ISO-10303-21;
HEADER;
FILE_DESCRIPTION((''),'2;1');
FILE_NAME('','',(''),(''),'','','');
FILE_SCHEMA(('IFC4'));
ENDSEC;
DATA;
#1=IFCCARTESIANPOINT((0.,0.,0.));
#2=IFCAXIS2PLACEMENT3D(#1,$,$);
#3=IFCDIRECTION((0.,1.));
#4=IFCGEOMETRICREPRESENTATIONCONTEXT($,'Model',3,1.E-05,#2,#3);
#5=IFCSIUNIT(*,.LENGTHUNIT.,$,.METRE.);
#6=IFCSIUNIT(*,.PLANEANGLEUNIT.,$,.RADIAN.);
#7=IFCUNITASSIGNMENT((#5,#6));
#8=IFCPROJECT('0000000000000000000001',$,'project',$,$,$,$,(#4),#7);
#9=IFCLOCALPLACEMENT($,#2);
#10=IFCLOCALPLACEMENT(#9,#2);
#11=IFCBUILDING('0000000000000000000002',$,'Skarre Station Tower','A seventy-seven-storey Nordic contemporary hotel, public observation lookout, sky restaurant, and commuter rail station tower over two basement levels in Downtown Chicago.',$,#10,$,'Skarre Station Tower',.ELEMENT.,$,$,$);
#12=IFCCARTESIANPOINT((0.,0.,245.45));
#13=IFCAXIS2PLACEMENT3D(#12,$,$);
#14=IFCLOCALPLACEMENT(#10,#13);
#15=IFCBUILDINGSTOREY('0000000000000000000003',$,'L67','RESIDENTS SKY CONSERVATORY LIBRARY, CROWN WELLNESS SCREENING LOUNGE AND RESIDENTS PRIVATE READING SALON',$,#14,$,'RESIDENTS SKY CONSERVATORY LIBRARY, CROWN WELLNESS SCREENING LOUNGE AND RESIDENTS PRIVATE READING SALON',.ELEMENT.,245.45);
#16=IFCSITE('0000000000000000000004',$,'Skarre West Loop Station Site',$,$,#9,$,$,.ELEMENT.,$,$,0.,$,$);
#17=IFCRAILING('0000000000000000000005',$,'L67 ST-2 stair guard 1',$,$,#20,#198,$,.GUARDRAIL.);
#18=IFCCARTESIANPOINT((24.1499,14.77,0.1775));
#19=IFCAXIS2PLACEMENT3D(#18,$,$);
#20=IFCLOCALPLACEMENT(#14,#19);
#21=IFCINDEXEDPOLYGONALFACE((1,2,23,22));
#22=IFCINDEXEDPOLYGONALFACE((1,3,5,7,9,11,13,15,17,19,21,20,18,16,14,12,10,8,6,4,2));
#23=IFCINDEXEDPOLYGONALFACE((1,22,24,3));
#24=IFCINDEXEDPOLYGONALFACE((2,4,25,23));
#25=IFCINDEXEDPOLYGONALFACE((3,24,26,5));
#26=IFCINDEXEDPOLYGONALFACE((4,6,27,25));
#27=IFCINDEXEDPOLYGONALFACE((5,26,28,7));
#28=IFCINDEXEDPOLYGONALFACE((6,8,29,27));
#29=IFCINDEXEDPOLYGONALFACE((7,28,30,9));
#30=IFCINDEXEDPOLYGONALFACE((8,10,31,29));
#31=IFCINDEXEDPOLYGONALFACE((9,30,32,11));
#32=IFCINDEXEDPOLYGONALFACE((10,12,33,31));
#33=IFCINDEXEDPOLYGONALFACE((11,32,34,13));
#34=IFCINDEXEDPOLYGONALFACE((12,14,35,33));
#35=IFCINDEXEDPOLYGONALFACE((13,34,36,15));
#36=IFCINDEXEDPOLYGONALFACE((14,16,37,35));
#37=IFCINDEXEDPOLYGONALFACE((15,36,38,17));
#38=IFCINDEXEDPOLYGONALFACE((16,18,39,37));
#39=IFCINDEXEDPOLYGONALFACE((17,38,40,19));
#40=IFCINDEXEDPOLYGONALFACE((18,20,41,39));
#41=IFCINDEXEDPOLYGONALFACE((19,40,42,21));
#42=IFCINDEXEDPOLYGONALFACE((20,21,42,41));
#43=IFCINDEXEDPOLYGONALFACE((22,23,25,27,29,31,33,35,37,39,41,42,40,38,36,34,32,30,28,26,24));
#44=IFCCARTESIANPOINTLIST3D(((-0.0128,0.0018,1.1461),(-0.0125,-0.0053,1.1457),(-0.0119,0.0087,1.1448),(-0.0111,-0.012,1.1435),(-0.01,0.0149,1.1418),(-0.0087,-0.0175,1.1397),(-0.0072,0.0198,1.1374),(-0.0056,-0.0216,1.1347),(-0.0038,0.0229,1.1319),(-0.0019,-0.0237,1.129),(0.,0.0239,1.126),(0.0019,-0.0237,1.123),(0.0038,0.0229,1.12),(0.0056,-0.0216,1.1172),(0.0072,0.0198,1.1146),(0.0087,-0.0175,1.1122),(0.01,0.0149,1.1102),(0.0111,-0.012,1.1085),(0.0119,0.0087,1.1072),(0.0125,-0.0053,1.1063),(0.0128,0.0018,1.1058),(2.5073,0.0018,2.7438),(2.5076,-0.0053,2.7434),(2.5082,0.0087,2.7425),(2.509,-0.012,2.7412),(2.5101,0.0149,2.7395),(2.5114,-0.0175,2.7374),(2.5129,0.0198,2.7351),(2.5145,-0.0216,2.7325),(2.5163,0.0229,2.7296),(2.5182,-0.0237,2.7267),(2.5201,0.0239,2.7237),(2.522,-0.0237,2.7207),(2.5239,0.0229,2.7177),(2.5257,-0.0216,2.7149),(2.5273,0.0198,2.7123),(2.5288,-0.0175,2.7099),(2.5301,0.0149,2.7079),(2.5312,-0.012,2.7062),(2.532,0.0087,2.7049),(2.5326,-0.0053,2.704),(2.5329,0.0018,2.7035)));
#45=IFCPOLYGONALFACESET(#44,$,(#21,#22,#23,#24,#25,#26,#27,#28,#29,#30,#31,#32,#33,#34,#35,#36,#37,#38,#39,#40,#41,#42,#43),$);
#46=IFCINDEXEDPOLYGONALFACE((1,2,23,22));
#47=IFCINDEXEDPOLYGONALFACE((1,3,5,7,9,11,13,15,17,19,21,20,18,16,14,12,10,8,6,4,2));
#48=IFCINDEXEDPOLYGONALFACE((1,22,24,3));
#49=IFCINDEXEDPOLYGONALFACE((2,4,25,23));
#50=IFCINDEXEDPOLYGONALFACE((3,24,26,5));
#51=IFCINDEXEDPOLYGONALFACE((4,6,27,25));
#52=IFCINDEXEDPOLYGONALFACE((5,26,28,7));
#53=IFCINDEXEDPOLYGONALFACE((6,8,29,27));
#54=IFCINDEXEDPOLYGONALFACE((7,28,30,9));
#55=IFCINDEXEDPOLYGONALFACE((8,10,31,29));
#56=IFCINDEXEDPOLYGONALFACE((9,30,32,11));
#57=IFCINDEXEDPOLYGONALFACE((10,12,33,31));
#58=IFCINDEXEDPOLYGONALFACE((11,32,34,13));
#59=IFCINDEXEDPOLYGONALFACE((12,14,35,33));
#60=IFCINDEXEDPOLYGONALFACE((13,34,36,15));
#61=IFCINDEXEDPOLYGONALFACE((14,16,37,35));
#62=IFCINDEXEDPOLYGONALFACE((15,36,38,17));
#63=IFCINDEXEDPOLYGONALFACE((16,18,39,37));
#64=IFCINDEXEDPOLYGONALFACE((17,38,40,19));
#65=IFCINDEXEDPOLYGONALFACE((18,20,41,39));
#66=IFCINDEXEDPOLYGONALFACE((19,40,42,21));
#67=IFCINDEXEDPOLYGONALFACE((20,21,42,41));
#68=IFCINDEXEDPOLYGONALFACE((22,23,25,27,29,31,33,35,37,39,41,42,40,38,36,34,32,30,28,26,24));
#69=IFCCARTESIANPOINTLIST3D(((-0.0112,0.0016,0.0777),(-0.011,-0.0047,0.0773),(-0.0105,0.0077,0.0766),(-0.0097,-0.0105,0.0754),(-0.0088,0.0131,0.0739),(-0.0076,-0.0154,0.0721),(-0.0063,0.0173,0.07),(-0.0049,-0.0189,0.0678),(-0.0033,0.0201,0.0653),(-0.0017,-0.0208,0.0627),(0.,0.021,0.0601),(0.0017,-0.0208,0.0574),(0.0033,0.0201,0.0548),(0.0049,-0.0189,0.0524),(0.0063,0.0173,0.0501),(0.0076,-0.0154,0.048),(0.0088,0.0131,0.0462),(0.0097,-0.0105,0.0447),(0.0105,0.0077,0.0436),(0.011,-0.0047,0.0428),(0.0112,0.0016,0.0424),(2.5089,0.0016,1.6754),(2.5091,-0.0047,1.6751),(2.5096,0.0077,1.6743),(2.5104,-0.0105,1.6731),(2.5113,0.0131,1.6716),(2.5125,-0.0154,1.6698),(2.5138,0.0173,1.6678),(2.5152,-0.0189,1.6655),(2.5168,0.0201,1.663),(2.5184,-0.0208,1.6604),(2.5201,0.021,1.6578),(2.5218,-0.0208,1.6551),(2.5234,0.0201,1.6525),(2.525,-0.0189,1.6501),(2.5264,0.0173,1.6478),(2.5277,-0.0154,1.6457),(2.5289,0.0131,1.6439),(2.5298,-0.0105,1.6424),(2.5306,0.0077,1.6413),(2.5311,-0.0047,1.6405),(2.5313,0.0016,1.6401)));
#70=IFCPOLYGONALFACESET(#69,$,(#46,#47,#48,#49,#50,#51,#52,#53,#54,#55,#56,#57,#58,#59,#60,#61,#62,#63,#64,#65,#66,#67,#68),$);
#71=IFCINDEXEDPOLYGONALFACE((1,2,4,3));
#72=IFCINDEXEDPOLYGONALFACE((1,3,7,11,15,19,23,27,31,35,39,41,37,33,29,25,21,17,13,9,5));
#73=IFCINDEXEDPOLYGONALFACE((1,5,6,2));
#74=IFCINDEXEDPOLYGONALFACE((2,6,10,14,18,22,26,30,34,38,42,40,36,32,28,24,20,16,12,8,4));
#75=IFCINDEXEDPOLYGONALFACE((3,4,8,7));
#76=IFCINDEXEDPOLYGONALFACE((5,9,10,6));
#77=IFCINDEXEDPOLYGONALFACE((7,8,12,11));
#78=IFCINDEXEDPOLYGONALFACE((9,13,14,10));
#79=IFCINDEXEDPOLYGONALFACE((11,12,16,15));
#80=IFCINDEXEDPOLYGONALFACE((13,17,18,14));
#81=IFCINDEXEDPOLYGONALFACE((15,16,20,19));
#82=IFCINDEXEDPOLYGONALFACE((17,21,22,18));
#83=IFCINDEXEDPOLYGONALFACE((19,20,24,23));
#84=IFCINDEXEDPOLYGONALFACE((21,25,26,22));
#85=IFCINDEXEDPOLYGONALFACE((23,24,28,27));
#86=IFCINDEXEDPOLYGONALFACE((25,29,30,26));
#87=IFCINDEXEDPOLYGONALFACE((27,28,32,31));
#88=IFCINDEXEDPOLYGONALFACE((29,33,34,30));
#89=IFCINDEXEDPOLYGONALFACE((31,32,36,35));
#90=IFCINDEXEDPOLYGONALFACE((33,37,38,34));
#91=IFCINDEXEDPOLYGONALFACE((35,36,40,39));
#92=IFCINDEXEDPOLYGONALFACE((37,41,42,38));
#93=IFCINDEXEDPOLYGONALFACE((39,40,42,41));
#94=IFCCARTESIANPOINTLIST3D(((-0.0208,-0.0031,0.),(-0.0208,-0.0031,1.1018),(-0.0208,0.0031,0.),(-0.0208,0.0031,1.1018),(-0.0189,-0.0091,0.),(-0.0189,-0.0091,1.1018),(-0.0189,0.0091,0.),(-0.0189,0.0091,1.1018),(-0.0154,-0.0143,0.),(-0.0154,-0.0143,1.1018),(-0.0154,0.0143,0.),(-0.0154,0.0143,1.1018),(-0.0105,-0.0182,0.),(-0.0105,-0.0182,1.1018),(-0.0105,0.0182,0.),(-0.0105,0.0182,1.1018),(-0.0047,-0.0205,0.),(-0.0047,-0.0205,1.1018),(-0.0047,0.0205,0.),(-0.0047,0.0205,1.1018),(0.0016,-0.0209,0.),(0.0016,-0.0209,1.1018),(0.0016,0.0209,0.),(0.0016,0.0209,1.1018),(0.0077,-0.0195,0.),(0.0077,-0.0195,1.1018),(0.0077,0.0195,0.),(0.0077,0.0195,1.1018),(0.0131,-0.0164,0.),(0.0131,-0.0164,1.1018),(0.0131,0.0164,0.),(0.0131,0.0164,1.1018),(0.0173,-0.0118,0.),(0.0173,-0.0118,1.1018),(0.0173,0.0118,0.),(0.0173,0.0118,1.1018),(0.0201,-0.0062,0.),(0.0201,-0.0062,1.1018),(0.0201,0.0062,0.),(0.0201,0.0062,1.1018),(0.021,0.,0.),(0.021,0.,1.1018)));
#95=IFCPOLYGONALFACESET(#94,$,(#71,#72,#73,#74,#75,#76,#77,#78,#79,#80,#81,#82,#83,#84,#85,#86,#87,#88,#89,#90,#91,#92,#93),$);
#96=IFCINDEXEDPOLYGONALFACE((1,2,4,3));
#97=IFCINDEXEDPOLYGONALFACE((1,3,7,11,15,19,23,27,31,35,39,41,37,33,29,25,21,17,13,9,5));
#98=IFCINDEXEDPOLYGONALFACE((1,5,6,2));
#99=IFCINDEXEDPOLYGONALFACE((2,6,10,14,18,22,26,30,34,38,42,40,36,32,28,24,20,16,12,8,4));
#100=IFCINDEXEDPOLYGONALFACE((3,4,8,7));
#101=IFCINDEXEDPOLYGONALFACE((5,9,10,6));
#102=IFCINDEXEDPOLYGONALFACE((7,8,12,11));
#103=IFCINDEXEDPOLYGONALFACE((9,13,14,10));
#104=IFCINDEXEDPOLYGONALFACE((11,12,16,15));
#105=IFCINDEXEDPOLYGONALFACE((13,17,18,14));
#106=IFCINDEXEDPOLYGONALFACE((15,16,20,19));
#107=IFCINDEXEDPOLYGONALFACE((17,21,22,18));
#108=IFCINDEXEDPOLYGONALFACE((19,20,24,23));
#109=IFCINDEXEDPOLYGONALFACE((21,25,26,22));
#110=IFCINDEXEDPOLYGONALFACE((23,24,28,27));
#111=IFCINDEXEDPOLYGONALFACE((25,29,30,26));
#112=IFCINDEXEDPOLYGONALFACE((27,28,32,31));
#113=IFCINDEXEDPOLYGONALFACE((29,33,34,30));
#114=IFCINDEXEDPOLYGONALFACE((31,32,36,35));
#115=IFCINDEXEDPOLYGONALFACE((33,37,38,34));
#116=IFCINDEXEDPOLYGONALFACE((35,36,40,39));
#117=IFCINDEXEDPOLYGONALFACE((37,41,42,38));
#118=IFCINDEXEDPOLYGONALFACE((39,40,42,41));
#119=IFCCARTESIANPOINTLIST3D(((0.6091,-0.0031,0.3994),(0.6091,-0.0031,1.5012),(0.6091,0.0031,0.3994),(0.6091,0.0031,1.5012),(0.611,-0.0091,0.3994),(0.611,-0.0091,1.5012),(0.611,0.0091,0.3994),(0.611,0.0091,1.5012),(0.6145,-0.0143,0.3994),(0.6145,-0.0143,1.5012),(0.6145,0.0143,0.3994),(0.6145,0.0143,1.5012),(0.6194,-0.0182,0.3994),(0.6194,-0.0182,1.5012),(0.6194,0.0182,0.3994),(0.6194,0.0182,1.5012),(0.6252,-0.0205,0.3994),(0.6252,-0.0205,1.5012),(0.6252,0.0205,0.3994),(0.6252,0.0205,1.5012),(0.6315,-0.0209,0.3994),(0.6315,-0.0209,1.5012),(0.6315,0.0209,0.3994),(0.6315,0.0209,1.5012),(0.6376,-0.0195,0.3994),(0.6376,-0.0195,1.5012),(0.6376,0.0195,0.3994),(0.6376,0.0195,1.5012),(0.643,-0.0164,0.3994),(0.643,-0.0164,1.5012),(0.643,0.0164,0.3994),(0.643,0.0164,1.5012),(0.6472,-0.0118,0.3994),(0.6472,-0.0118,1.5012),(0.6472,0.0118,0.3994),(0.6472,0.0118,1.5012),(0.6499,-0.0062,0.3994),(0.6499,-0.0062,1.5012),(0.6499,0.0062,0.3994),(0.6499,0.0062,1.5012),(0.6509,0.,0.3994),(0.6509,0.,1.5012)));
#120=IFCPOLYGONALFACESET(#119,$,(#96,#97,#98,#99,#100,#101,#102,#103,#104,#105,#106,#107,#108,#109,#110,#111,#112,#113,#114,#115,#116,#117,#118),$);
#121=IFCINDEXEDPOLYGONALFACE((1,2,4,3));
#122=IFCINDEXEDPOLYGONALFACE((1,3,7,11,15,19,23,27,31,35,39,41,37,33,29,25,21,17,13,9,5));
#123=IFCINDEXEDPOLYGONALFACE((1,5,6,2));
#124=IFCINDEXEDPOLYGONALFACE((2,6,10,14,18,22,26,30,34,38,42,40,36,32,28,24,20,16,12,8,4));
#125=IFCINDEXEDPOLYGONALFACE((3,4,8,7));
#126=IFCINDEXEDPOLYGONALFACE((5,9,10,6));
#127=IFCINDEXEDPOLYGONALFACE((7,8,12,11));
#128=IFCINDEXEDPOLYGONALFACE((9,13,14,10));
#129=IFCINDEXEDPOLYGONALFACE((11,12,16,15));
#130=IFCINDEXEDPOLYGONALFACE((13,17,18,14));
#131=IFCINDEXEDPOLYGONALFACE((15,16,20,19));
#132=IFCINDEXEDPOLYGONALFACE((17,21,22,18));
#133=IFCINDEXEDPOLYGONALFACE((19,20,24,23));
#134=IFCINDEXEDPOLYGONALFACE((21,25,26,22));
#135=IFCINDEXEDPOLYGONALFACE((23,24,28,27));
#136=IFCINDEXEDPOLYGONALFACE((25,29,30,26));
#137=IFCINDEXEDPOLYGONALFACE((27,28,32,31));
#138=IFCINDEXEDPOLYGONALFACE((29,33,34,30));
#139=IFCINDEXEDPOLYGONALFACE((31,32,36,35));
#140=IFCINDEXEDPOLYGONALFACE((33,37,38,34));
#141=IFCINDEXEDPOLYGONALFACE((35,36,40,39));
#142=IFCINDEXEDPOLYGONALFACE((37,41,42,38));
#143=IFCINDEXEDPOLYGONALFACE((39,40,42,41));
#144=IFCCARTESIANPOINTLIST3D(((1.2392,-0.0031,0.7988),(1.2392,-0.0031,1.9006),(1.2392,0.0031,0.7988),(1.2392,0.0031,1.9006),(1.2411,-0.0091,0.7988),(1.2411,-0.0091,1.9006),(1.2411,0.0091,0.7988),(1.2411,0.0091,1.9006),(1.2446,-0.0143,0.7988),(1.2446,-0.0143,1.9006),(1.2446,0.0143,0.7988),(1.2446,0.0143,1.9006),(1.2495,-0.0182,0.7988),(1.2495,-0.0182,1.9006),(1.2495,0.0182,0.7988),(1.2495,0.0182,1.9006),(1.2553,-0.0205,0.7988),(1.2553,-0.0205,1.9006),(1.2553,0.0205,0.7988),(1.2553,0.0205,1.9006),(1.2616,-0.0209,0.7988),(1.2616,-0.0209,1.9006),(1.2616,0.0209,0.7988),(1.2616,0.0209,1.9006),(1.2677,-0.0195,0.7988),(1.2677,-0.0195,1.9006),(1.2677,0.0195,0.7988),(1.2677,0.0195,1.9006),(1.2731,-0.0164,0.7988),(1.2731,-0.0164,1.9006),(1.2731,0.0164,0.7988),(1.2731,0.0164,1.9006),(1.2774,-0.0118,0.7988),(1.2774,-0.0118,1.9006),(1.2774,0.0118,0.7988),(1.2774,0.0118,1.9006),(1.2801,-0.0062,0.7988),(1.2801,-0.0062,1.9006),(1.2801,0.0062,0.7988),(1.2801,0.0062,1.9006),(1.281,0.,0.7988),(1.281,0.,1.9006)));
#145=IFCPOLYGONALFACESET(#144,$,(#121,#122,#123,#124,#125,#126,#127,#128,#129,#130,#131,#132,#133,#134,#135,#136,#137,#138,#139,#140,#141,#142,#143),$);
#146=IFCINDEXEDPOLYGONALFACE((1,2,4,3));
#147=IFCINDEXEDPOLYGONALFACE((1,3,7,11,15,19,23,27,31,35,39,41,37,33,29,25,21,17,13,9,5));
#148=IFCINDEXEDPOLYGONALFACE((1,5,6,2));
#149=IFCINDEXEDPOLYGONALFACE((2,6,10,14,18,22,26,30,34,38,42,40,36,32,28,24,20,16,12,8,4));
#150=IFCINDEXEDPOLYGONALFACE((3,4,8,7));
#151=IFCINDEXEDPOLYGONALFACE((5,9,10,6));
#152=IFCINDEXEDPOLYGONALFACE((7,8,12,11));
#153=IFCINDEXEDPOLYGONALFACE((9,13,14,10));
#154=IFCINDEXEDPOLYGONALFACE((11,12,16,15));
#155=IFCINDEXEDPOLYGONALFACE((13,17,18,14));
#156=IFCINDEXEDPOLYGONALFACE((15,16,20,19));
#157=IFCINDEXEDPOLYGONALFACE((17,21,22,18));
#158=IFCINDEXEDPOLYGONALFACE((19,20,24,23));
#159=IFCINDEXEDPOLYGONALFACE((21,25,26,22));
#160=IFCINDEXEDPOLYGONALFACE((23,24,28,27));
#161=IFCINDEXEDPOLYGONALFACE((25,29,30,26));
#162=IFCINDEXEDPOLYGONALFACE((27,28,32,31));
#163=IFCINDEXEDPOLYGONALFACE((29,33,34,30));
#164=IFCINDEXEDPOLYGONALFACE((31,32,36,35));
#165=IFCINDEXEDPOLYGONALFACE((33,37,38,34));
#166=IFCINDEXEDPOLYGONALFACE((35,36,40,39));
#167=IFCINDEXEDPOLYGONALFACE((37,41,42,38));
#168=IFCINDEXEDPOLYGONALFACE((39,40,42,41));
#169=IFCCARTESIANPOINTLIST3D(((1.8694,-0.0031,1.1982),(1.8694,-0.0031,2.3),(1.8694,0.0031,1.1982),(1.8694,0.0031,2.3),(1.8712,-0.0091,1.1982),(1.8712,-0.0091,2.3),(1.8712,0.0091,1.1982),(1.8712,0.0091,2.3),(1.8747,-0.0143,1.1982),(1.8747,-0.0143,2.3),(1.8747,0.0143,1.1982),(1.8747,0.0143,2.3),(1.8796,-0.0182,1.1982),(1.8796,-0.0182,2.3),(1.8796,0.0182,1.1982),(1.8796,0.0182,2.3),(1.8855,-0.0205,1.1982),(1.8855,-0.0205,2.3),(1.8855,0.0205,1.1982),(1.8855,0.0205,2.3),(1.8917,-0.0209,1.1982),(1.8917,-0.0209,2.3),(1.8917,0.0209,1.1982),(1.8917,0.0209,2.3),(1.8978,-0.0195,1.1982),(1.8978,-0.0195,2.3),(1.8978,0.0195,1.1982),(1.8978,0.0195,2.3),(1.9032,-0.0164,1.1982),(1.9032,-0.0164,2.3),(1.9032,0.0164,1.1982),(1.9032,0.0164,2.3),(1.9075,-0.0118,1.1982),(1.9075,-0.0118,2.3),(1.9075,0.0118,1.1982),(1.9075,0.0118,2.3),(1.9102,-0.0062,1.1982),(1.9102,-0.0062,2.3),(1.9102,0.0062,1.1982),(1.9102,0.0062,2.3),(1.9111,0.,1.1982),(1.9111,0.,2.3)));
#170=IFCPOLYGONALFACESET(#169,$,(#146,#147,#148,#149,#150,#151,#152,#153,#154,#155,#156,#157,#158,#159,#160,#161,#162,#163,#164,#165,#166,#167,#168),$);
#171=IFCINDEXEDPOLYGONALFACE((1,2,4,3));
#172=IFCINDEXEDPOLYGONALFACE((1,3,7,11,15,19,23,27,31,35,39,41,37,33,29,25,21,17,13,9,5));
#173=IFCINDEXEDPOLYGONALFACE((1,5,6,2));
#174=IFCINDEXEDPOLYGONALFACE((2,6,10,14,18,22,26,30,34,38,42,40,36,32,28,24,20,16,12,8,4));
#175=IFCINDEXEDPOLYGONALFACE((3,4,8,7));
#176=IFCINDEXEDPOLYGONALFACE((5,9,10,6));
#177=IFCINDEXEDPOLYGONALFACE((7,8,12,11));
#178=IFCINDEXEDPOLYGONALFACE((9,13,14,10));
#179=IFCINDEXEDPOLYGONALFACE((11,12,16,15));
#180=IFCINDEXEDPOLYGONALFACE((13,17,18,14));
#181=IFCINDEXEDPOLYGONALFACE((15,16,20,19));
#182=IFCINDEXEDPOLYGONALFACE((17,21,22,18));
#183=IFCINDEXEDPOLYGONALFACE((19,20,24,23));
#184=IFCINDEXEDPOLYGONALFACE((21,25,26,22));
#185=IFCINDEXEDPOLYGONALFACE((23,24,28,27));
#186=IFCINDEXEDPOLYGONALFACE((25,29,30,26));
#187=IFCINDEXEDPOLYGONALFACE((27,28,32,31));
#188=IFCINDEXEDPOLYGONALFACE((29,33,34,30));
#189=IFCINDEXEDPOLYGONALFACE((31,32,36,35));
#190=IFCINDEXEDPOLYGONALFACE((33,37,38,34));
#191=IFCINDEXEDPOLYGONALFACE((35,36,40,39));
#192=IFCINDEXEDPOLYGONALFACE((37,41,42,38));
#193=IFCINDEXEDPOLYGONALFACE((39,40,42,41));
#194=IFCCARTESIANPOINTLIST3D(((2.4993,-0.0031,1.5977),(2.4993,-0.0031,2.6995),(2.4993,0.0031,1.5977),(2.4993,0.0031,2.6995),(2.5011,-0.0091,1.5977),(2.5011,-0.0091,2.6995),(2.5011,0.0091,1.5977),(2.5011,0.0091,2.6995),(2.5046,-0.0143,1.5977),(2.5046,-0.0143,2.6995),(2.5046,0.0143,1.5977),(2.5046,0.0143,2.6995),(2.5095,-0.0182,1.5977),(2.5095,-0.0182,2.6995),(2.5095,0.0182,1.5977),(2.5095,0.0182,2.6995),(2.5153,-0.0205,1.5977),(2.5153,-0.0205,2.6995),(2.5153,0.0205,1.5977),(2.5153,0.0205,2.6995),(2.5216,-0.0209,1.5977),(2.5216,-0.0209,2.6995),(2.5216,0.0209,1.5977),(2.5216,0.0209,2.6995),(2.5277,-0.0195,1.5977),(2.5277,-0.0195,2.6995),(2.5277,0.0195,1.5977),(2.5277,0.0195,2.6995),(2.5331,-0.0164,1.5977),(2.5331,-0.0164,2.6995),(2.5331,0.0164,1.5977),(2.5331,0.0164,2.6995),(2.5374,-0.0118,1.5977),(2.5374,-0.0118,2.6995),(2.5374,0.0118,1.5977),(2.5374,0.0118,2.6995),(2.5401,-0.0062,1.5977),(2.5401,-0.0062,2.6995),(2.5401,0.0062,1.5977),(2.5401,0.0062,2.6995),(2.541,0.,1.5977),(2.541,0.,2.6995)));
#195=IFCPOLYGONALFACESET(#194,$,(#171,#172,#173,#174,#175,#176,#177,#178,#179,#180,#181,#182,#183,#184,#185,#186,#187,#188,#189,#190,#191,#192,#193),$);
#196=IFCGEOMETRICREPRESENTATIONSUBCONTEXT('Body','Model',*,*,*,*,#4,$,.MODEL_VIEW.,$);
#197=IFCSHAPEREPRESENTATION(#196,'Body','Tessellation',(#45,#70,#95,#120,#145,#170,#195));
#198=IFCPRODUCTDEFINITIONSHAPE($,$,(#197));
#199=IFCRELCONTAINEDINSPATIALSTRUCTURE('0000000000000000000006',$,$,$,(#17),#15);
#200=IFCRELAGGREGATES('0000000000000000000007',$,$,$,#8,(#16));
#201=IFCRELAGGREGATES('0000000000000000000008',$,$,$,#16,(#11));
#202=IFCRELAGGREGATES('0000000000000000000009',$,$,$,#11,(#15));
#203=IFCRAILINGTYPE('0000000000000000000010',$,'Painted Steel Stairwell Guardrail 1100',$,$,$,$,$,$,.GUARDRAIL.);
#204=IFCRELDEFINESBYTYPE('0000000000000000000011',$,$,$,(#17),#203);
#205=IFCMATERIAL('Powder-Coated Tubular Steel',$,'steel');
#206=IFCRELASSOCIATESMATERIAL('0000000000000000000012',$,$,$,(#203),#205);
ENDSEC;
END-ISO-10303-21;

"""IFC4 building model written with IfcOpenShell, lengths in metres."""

from ifc_helpers import new_model, si_unit, direction, frame, origin, origin_2d, place, context, subcontext, project, spatial, circle, extrude, material, type_object, element, save


model = new_model("IFC4")

# Units and contexts
model_context = context("Model", 3, precision=1e-05, world=origin(), true_north=direction((0.0, 1.0)))
body_context = subcontext(model_context, "Body", "Model", "MODEL_VIEW")
ifc_project = project(units=[si_unit("LENGTHUNIT", "METRE"), si_unit("PLANEANGLEUNIT", "RADIAN")], contexts=[model_context])

# Site, building, storey
site_placement = place(None, origin())
site = spatial("IfcSite", under=ifc_project, at=site_placement, Name="Skarre West Loop Station Site", CompositionType="ELEMENT", RefElevation=0.0)
building_placement = place(site_placement, origin())
building = spatial("IfcBuilding", under=site, at=building_placement, Name="Skarre Station Tower", Description="A seventy-seven-storey Nordic contemporary hotel, public observation lookout, sky restaurant, and commuter rail station tower over two basement levels in Downtown Chicago.", LongName="Skarre Station Tower", CompositionType="ELEMENT")
storey_placement = place(building_placement, frame((0.0, 0.0, 245.45)))
storey = spatial("IfcBuildingStorey", under=building, at=storey_placement, Name="L67", Description="RESIDENTS SKY CONSERVATORY LIBRARY, CROWN WELLNESS SCREENING LOUNGE AND RESIDENTS PRIVATE READING SALON", LongName="RESIDENTS SKY CONSERVATORY LIBRARY, CROWN WELLNESS SCREENING LOUNGE AND RESIDENTS PRIVATE READING SALON", CompositionType="ELEMENT", Elevation=245.45)

# Railing
ifc_material_1 = material(Name="Powder-Coated Tubular Steel", Category="steel")
railing_type_1 = type_object("IfcRailingType", Name="Painted Steel Stairwell Guardrail 1100", PredefinedType="GUARDRAIL", material=ifc_material_1)
railing_1_placement = place(storey_placement, frame((24.1499, 14.77, 0.1775)))
element("IfcRailing", 1, at=railing_1_placement, inside=storey, type_object=railing_type_1, Name="L67 ST-2 stair guard 1", PredefinedType="GUARDRAIL", context=body_context, shape_type="SweptSolid", body=[
    extrude(circle(Radius=0.0239, at=origin_2d()), frame((0.0, 0.0, 1.126), z_axis=(0.84457, 0.0, 0.535445), x_axis=(0.0, 1.0, 0.0)), (0.0, 0.0, 1.0), 2.9839),
    extrude(circle(Radius=0.021, at=origin_2d()), frame((0.0, 0.0, 0.0601), z_axis=(0.84457, 0.0, 0.535445), x_axis=(0.0, 1.0, 0.0)), (0.0, 0.0, 1.0), 2.9839),
    extrude(circle(Radius=0.021, at=origin_2d()), origin(), (0.0, 0.0, 1.0), 1.1018),
    extrude(circle(Radius=0.021, at=origin_2d()), frame((0.6299, 0.0, 0.3994)), (0.0, 0.0, 1.0), 1.1018),
    extrude(circle(Radius=0.021, at=origin_2d()), frame((1.26, 0.0, 0.7988)), (0.0, 0.0, 1.0), 1.1018),
    extrude(circle(Radius=0.021, at=origin_2d()), frame((1.8901, 0.0, 1.1982)), (0.0, 0.0, 1.0), 1.1018),
    extrude(circle(Radius=0.021, at=origin_2d()), frame((2.52, 0.0, 1.5977)), (0.0, 0.0, 1.0), 1.1018),
])

save(model, "model.ifc")
